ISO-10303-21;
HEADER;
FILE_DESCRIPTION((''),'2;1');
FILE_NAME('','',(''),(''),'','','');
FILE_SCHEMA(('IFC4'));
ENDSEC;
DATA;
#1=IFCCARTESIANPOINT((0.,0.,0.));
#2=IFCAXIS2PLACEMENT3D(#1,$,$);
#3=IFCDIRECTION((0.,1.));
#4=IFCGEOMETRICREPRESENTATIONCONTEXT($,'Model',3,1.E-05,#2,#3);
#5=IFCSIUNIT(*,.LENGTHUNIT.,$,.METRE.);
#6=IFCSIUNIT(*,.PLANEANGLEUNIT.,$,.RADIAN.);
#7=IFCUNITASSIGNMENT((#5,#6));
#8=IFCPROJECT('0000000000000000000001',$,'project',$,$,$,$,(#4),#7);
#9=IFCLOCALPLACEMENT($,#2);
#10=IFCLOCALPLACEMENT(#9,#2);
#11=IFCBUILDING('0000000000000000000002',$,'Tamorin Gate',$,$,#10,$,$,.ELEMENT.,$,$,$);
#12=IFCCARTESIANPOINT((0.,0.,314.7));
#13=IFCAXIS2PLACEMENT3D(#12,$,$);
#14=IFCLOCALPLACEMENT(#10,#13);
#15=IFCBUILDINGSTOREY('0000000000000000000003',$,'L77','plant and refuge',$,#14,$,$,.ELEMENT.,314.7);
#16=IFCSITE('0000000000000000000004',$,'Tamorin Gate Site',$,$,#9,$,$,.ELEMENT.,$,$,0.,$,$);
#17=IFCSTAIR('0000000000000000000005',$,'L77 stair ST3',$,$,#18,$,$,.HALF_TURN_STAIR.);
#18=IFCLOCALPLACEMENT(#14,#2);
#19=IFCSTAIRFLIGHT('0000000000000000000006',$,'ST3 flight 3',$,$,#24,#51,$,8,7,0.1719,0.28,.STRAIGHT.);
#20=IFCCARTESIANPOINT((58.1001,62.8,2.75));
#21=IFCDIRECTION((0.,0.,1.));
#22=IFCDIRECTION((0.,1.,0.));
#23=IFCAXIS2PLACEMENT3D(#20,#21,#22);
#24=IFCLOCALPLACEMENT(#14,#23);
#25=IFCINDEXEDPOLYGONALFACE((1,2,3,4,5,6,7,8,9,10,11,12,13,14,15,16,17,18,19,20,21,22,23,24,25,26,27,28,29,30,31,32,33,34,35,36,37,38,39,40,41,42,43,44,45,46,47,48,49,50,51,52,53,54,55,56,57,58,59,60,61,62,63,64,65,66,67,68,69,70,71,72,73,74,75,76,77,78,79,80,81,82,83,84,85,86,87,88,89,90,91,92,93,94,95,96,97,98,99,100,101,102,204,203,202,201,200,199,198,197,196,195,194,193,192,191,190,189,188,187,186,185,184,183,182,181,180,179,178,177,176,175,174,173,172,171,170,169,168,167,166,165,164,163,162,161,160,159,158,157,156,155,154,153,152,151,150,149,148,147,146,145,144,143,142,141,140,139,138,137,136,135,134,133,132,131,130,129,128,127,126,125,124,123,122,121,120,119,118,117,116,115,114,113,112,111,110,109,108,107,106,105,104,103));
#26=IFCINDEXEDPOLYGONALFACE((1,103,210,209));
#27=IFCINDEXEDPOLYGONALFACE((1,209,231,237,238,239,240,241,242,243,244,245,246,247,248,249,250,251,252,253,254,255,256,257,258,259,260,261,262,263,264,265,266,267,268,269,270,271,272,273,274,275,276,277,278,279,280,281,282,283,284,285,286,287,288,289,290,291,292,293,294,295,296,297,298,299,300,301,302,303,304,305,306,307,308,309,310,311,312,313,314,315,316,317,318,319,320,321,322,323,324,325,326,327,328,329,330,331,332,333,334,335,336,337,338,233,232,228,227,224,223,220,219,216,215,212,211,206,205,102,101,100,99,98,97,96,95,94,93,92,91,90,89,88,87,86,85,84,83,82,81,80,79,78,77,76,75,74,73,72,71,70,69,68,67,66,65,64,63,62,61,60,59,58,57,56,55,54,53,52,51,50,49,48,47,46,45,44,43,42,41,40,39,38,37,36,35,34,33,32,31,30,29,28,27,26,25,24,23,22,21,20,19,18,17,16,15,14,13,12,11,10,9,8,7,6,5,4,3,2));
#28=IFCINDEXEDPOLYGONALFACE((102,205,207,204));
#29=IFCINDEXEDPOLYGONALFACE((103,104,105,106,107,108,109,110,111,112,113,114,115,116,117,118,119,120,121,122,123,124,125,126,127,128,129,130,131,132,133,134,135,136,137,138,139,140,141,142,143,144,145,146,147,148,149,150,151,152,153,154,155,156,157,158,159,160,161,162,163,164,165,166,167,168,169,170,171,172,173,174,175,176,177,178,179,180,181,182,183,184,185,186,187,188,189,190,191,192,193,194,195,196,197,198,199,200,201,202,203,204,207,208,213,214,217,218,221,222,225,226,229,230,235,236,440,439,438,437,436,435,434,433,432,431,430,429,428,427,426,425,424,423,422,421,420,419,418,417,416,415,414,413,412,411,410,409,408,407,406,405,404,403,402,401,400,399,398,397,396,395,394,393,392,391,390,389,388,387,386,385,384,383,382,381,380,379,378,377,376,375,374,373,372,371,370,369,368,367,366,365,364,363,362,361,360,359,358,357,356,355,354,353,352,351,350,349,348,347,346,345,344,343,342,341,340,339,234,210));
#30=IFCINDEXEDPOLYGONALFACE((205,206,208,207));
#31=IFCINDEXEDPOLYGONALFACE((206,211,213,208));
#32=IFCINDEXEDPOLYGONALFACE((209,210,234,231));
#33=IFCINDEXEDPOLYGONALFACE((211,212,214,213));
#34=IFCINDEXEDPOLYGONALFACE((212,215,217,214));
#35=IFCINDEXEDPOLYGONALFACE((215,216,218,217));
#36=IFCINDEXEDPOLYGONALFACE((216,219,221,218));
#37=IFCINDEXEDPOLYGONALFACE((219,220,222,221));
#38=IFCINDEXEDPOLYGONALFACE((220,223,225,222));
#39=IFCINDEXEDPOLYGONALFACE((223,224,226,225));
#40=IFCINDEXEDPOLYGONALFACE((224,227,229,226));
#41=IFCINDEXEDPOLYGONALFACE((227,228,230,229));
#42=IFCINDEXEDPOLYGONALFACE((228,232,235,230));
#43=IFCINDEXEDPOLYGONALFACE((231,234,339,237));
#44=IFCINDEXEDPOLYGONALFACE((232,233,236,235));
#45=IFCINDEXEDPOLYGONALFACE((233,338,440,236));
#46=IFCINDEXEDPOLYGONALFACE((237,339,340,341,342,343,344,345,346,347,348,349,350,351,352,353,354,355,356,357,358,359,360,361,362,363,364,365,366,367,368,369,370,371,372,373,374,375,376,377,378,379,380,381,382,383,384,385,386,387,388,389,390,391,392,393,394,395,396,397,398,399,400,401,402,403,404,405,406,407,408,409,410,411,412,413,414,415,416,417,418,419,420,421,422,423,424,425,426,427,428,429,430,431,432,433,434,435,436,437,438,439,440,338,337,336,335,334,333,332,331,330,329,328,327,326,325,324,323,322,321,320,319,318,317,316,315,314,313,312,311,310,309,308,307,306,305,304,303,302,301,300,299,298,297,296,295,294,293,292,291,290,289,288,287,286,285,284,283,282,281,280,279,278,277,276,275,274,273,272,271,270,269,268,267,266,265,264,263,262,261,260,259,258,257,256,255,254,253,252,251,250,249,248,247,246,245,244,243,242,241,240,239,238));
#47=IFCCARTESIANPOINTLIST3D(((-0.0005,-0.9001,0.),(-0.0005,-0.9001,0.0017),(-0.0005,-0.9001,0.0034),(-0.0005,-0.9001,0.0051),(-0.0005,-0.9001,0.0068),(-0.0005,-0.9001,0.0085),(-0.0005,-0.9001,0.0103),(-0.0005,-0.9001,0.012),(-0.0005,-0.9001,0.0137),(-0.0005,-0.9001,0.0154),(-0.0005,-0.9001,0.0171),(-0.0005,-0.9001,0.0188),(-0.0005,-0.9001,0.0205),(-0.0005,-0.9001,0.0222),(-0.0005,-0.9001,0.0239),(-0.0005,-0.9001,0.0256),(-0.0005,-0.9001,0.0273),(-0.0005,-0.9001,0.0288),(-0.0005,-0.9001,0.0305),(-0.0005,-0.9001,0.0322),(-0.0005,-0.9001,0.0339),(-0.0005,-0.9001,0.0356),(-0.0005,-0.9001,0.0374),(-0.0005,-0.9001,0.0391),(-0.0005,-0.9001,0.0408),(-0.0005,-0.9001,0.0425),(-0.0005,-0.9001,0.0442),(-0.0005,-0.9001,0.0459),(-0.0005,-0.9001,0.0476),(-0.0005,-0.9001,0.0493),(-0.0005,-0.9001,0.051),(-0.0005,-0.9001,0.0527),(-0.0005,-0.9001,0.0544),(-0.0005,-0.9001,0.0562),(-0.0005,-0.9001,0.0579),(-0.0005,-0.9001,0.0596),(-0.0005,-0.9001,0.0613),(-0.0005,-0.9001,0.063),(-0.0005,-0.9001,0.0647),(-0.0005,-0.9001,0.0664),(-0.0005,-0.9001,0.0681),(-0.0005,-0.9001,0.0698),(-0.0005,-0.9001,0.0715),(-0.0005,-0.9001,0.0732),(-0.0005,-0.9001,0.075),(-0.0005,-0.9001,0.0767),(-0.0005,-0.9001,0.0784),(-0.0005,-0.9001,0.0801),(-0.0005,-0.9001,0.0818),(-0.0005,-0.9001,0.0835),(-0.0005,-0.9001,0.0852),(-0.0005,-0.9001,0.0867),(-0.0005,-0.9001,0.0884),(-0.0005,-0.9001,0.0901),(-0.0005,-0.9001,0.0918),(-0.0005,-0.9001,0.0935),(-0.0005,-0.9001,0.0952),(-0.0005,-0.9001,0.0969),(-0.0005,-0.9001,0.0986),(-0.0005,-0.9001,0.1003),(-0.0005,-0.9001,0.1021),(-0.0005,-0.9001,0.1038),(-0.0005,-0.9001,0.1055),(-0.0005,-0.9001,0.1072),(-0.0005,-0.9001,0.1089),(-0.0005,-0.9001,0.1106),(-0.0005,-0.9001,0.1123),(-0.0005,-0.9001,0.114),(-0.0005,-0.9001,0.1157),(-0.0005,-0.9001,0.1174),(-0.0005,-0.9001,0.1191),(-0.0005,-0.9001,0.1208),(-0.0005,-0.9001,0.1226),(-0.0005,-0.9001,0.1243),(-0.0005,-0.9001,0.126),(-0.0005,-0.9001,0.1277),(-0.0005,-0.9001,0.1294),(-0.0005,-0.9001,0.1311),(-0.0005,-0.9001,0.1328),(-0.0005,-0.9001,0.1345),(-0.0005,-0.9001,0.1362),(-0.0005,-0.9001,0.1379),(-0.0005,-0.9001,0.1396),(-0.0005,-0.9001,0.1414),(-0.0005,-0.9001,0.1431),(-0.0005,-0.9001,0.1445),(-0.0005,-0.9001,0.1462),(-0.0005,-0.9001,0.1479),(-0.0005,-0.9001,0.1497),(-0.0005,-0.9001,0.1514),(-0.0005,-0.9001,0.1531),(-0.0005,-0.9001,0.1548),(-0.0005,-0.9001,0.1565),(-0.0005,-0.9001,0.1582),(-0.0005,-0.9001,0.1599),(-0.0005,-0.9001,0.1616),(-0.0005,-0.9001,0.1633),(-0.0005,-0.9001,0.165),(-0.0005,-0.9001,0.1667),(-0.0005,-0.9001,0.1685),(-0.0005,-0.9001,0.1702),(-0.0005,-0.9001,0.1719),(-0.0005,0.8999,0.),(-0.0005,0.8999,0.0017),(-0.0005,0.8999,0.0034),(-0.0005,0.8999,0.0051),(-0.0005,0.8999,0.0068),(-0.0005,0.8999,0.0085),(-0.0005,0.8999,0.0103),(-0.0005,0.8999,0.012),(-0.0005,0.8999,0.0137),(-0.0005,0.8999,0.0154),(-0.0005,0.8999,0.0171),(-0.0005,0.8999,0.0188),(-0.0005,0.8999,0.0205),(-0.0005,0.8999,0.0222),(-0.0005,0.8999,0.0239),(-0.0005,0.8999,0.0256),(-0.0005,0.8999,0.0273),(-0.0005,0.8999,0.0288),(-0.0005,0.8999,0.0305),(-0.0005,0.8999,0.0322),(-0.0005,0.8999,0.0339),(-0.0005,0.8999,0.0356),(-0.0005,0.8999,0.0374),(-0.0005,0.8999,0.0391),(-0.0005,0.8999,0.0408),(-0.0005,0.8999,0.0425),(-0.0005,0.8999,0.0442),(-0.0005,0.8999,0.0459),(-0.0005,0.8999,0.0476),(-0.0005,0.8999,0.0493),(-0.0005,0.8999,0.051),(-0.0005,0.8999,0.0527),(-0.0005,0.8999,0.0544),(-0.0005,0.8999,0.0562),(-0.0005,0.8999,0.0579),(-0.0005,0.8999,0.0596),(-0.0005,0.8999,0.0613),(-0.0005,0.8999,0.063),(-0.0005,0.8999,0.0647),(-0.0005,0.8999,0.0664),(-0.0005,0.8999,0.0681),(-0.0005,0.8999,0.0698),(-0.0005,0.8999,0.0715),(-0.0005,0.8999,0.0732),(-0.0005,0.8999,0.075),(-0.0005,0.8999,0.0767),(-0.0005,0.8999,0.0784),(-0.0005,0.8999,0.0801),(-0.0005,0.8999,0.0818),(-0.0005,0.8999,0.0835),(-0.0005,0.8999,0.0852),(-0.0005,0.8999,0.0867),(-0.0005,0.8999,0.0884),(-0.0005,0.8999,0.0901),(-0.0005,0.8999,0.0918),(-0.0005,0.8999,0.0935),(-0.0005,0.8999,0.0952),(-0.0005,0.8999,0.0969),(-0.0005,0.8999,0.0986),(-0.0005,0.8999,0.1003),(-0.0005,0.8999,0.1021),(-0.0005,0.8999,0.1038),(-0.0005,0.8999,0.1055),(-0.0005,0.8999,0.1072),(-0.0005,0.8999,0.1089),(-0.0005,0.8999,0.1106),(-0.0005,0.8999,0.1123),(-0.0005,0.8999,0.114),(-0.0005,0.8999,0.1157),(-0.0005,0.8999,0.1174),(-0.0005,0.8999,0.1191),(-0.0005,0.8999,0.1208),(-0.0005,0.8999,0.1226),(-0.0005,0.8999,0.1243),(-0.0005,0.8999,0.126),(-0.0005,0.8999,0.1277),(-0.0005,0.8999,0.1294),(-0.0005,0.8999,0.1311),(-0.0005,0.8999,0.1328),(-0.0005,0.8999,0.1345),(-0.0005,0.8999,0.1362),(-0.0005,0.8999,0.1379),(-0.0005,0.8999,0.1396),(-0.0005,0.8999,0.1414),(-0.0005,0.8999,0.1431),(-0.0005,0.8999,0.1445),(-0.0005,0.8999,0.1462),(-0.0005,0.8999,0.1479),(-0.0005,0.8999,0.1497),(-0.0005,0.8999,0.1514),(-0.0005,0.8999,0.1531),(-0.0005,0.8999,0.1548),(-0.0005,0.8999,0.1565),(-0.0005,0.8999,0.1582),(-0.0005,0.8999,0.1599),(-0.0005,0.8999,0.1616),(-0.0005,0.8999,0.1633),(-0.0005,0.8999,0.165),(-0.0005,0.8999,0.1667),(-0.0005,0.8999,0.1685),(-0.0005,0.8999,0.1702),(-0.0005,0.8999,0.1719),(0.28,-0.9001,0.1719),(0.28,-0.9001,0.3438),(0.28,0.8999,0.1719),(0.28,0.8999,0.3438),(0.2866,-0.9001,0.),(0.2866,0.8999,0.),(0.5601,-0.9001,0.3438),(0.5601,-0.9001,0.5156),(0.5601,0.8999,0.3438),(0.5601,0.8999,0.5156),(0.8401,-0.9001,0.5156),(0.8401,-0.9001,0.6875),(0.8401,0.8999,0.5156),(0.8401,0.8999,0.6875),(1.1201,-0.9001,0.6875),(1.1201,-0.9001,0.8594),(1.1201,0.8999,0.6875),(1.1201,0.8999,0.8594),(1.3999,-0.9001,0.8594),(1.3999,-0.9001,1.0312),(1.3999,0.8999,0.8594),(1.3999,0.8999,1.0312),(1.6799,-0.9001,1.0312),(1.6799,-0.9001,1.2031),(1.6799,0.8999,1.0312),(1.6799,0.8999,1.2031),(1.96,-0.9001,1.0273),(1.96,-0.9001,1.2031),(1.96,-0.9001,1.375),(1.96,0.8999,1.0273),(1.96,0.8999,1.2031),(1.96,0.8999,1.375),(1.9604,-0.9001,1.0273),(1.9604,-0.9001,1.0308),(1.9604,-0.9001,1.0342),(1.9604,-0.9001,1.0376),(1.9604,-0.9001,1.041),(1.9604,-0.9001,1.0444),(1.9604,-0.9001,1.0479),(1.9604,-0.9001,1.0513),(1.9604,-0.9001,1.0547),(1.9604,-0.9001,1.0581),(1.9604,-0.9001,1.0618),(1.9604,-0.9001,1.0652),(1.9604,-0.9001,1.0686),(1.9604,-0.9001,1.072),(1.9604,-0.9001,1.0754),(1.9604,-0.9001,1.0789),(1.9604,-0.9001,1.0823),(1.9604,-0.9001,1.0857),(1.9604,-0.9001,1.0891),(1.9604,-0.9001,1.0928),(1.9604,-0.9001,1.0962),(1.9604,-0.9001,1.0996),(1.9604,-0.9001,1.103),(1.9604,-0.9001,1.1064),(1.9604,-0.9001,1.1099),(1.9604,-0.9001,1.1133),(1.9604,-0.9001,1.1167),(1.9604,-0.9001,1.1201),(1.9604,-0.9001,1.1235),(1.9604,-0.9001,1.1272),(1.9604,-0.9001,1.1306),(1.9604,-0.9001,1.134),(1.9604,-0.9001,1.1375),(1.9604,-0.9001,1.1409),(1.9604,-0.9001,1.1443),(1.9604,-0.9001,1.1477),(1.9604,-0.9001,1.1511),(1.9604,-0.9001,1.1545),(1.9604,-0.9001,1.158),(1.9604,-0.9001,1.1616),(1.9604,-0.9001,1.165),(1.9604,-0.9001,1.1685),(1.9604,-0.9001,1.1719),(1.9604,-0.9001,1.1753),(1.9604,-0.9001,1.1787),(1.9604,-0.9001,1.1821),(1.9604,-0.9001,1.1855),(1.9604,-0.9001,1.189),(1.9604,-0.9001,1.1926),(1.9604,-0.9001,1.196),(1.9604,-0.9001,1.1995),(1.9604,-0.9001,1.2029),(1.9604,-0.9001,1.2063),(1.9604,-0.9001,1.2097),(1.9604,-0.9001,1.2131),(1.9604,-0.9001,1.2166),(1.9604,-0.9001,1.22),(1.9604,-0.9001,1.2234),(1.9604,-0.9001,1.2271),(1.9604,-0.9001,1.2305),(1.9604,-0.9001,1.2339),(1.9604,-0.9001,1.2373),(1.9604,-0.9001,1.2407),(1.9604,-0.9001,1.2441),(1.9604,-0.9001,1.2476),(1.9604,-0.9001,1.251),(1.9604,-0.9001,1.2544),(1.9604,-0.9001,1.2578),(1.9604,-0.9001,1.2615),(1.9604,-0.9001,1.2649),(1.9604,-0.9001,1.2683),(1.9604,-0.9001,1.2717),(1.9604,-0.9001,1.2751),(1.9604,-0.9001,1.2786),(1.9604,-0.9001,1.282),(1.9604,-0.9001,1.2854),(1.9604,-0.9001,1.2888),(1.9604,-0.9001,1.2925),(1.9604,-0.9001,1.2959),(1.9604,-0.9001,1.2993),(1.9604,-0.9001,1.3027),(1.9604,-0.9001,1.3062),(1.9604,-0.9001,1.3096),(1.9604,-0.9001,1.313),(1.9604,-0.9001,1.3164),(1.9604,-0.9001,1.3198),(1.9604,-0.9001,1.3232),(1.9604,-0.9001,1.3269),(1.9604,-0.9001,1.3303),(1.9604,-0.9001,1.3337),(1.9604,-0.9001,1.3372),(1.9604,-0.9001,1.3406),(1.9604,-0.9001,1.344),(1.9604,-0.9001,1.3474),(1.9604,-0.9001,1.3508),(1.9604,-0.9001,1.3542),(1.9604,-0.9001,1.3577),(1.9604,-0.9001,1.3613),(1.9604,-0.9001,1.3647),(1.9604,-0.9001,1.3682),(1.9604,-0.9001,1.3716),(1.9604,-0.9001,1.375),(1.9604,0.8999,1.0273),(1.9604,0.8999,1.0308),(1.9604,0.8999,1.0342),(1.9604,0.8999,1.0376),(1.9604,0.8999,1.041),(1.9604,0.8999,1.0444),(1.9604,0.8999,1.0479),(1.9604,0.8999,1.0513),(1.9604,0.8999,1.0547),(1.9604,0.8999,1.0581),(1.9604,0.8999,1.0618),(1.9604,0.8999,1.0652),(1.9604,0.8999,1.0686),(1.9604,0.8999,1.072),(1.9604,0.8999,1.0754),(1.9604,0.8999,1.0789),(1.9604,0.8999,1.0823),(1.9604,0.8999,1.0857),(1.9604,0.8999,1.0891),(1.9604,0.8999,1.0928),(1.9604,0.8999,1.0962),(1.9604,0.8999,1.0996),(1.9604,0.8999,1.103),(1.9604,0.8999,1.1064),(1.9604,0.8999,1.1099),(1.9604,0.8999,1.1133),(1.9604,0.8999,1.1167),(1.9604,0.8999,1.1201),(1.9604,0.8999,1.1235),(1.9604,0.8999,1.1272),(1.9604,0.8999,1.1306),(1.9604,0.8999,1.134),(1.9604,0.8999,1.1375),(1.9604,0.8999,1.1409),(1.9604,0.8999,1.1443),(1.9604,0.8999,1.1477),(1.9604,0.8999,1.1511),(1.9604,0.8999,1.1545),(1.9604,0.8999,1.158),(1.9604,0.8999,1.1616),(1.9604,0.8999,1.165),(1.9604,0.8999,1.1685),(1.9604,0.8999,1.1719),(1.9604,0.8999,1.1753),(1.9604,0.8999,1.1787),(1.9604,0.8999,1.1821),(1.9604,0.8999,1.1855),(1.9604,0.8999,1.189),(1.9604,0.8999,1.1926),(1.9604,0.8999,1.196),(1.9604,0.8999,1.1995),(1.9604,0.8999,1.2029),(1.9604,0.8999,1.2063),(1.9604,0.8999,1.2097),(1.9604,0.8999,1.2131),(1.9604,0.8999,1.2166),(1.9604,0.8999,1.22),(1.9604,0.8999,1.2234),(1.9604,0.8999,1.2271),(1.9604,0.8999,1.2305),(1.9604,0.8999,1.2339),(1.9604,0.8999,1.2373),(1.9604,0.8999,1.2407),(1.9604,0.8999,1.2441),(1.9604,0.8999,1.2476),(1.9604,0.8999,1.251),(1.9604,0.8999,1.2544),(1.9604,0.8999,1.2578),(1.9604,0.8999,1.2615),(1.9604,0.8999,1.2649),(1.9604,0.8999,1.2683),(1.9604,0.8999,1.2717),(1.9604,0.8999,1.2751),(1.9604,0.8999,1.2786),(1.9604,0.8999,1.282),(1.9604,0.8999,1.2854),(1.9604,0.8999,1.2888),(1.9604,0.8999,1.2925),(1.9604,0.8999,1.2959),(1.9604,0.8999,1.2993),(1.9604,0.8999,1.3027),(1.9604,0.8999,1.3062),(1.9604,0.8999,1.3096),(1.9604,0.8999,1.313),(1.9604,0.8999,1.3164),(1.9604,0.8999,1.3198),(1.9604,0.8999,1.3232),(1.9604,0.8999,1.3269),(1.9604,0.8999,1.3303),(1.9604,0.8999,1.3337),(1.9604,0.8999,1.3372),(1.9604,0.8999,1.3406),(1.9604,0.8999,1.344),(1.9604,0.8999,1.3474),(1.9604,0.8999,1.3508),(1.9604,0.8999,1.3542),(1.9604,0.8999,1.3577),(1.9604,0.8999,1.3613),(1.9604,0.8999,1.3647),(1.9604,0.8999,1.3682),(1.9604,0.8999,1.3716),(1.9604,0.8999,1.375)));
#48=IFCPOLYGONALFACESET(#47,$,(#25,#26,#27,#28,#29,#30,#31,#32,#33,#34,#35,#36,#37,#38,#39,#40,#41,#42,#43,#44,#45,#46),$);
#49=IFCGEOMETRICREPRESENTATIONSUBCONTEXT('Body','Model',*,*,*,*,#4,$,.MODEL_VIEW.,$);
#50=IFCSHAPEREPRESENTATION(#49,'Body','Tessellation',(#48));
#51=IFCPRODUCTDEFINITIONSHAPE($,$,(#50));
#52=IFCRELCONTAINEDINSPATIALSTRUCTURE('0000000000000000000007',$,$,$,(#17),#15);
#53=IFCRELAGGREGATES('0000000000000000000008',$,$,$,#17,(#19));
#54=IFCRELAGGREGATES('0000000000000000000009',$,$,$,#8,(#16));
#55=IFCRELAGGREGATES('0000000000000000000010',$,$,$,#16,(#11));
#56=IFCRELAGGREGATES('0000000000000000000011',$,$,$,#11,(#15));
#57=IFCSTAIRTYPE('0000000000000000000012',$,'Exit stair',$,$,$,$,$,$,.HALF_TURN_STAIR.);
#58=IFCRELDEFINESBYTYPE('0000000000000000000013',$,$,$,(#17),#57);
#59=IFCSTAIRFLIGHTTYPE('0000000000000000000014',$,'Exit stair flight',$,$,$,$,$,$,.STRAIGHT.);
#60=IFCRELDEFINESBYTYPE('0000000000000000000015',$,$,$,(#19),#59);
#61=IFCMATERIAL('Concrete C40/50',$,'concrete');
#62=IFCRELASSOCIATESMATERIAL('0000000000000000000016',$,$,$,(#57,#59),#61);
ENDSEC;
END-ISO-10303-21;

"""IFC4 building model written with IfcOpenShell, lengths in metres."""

from ifc_helpers import new_model, si_unit, direction, frame, origin, place, context, subcontext, project, spatial, polyline, outline, extrude, material, type_object, element, aggregate, save


model = new_model("IFC4")

# Units and contexts
model_context = context("Model", 3, precision=1e-05, world=origin(), true_north=direction((0.0, 1.0)))
body_context = subcontext(model_context, "Body", "Model", "MODEL_VIEW")
ifc_project = project(units=[si_unit("LENGTHUNIT", "METRE"), si_unit("PLANEANGLEUNIT", "RADIAN")], contexts=[model_context])

# Site, building, storey
site_placement = place(None, origin())
site = spatial("IfcSite", under=ifc_project, at=site_placement, Name="Tamorin Gate Site", CompositionType="ELEMENT", RefElevation=0.0)
building_placement = place(site_placement, origin())
building = spatial("IfcBuilding", under=site, at=building_placement, Name="Tamorin Gate", CompositionType="ELEMENT")
storey_placement = place(building_placement, frame((0.0, 0.0, 314.7)))
storey = spatial("IfcBuildingStorey", under=building, at=storey_placement, Name="L77", Description="plant and refuge", CompositionType="ELEMENT", Elevation=314.7)

# Shared definitions
ifc_material_1 = material(Name="Concrete C40/50", Category="concrete")

# Stair, stair flight
stair_type = type_object("IfcStairType", Name="Exit stair", PredefinedType="HALF_TURN_STAIR", material=ifc_material_1)
stair_placement = place(storey_placement, origin())
stair = element("IfcStair", 1, at=stair_placement, inside=storey, type_object=stair_type, Name="L77 stair ST3", PredefinedType="HALF_TURN_STAIR")
stair_flight_type = type_object("IfcStairFlightType", Name="Exit stair flight", PredefinedType="STRAIGHT", material=ifc_material_1)
stair_flight_1_placement = place(storey_placement, frame((58.1001, 62.8, 2.75), z_axis=(0.0, 0.0, 1.0), x_axis=(0.0, 1.0, 0.0)))
stair_flight_1 = element("IfcStairFlight", 2, at=stair_flight_1_placement, type_object=stair_flight_type, Name="ST3 flight 3", NumberOfRisers=8, NumberOfTreads=7, PredefinedType="STRAIGHT", RiserHeight=0.1719, TreadLength=0.28, context=body_context, shape_type="SweptSolid", body=[
    extrude(outline(polyline([(-0.0005, 0.0), (-0.0005, 0.0017), (-0.0005, 0.0034), (-0.0005, 0.0051), (-0.0005, 0.0068), (-0.0005, 0.0085), (-0.0005, 0.0103), (-0.0005, 0.012), (-0.0005, 0.0137), (-0.0005, 0.0154), (-0.0005, 0.0171), (-0.0005, 0.0188), (-0.0005, 0.0205), (-0.0005, 0.0222), (-0.0005, 0.0239), (-0.0005, 0.0256), (-0.0005, 0.0273), (-0.0005, 0.0288), (-0.0005, 0.0305), (-0.0005, 0.0322), (-0.0005, 0.0339), (-0.0005, 0.0356), (-0.0005, 0.0374), (-0.0005, 0.0391), (-0.0005, 0.0408), (-0.0005, 0.0425), (-0.0005, 0.0442), (-0.0005, 0.0459), (-0.0005, 0.0476), (-0.0005, 0.0493), (-0.0005, 0.051), (-0.0005, 0.0527), (-0.0005, 0.0544), (-0.0005, 0.0562), (-0.0005, 0.0579), (-0.0005, 0.0596), (-0.0005, 0.0613), (-0.0005, 0.063), (-0.0005, 0.0647), (-0.0005, 0.0664), (-0.0005, 0.0681), (-0.0005, 0.0698), (-0.0005, 0.0715), (-0.0005, 0.0732), (-0.0005, 0.075), (-0.0005, 0.0767), (-0.0005, 0.0784), (-0.0005, 0.0801), (-0.0005, 0.0818), (-0.0005, 0.0835), (-0.0005, 0.0852), (-0.0005, 0.0867), (-0.0005, 0.0884), (-0.0005, 0.0901), (-0.0005, 0.0918), (-0.0005, 0.0935), (-0.0005, 0.0952), (-0.0005, 0.0969), (-0.0005, 0.0986), (-0.0005, 0.1003), (-0.0005, 0.1021), (-0.0005, 0.1038), (-0.0005, 0.1055), (-0.0005, 0.1072), (-0.0005, 0.1089), (-0.0005, 0.1106), (-0.0005, 0.1123), (-0.0005, 0.114), (-0.0005, 0.1157), (-0.0005, 0.1174), (-0.0005, 0.1191), (-0.0005, 0.1208), (-0.0005, 0.1226), (-0.0005, 0.1243), (-0.0005, 0.126), (-0.0005, 0.1277), (-0.0005, 0.1294), (-0.0005, 0.1311), (-0.0005, 0.1328), (-0.0005, 0.1345), (-0.0005, 0.1362), (-0.0005, 0.1379), (-0.0005, 0.1396), (-0.0005, 0.1414), (-0.0005, 0.1431), (-0.0005, 0.1445), (-0.0005, 0.1462), (-0.0005, 0.1479), (-0.0005, 0.1497), (-0.0005, 0.1514), (-0.0005, 0.1531), (-0.0005, 0.1548), (-0.0005, 0.1565), (-0.0005, 0.1582), (-0.0005, 0.1599), (-0.0005, 0.1616), (-0.0005, 0.1633), (-0.0005, 0.165), (-0.0005, 0.1667), (-0.0005, 0.1685), (-0.0005, 0.1702), (-0.0005, 0.1719), (0.28, 0.1719), (0.28, 0.3438), (0.5601, 0.3438), (0.5601, 0.5156), (0.8401, 0.5156), (0.8401, 0.6875), (1.1201, 0.6875), (1.1201, 0.8594), (1.3999, 0.8594), (1.3999, 1.0312), (1.6799, 1.0312), (1.6799, 1.2031), (1.96, 1.2031), (1.96, 1.375), (1.9604, 1.375), (1.9604, 1.3716), (1.9604, 1.3682), (1.9604, 1.3647), (1.9604, 1.3613), (1.9604, 1.3577), (1.9604, 1.3542), (1.9604, 1.3508), (1.9604, 1.3474), (1.9604, 1.344), (1.9604, 1.3406), (1.9604, 1.3372), (1.9604, 1.3337), (1.9604, 1.3303), (1.9604, 1.3269), (1.9604, 1.3232), (1.9604, 1.3198), (1.9604, 1.3164), (1.9604, 1.313), (1.9604, 1.3096), (1.9604, 1.3062), (1.9604, 1.3027), (1.9604, 1.2993), (1.9604, 1.2959), (1.9604, 1.2925), (1.9604, 1.2888), (1.9604, 1.2854), (1.9604, 1.282), (1.9604, 1.2786), (1.9604, 1.2751), (1.9604, 1.2717), (1.9604, 1.2683), (1.9604, 1.2649), (1.9604, 1.2615), (1.9604, 1.2578), (1.9604, 1.2544), (1.9604, 1.251), (1.9604, 1.2476), (1.9604, 1.2441), (1.9604, 1.2407), (1.9604, 1.2373), (1.9604, 1.2339), (1.9604, 1.2305), (1.9604, 1.2271), (1.9604, 1.2234), (1.9604, 1.22), (1.9604, 1.2166), (1.9604, 1.2131), (1.9604, 1.2097), (1.9604, 1.2063), (1.9604, 1.2029), (1.9604, 1.1995), (1.9604, 1.196), (1.9604, 1.1926), (1.9604, 1.189), (1.9604, 1.1855), (1.9604, 1.1821), (1.9604, 1.1787), (1.9604, 1.1753), (1.9604, 1.1719), (1.9604, 1.1685), (1.9604, 1.165), (1.9604, 1.1616), (1.9604, 1.158), (1.9604, 1.1545), (1.9604, 1.1511), (1.9604, 1.1477), (1.9604, 1.1443), (1.9604, 1.1409), (1.9604, 1.1375), (1.9604, 1.134), (1.9604, 1.1306), (1.9604, 1.1272), (1.9604, 1.1235), (1.9604, 1.1201), (1.9604, 1.1167), (1.9604, 1.1133), (1.9604, 1.1099), (1.9604, 1.1064), (1.9604, 1.103), (1.9604, 1.0996), (1.9604, 1.0962), (1.9604, 1.0928), (1.9604, 1.0891), (1.9604, 1.0857), (1.9604, 1.0823), (1.9604, 1.0789), (1.9604, 1.0754), (1.9604, 1.072), (1.9604, 1.0686), (1.9604, 1.0652), (1.9604, 1.0618), (1.9604, 1.0581), (1.9604, 1.0547), (1.9604, 1.0513), (1.9604, 1.0479), (1.9604, 1.0444), (1.9604, 1.041), (1.9604, 1.0376), (1.9604, 1.0342), (1.9604, 1.0308), (1.9604, 1.0273), (1.96, 1.0273), (0.2866, 0.0), (-0.0005, 0.0)])), frame((0.0, 0.8999, 0.0), z_axis=(0.0, -1.0, 0.0), x_axis=(1.0, 0.0, 0.0)), (0.0, 0.0, 1.0), 1.8),
])
aggregate(stair, [stair_flight_1])

save(model, "model.ifc")
